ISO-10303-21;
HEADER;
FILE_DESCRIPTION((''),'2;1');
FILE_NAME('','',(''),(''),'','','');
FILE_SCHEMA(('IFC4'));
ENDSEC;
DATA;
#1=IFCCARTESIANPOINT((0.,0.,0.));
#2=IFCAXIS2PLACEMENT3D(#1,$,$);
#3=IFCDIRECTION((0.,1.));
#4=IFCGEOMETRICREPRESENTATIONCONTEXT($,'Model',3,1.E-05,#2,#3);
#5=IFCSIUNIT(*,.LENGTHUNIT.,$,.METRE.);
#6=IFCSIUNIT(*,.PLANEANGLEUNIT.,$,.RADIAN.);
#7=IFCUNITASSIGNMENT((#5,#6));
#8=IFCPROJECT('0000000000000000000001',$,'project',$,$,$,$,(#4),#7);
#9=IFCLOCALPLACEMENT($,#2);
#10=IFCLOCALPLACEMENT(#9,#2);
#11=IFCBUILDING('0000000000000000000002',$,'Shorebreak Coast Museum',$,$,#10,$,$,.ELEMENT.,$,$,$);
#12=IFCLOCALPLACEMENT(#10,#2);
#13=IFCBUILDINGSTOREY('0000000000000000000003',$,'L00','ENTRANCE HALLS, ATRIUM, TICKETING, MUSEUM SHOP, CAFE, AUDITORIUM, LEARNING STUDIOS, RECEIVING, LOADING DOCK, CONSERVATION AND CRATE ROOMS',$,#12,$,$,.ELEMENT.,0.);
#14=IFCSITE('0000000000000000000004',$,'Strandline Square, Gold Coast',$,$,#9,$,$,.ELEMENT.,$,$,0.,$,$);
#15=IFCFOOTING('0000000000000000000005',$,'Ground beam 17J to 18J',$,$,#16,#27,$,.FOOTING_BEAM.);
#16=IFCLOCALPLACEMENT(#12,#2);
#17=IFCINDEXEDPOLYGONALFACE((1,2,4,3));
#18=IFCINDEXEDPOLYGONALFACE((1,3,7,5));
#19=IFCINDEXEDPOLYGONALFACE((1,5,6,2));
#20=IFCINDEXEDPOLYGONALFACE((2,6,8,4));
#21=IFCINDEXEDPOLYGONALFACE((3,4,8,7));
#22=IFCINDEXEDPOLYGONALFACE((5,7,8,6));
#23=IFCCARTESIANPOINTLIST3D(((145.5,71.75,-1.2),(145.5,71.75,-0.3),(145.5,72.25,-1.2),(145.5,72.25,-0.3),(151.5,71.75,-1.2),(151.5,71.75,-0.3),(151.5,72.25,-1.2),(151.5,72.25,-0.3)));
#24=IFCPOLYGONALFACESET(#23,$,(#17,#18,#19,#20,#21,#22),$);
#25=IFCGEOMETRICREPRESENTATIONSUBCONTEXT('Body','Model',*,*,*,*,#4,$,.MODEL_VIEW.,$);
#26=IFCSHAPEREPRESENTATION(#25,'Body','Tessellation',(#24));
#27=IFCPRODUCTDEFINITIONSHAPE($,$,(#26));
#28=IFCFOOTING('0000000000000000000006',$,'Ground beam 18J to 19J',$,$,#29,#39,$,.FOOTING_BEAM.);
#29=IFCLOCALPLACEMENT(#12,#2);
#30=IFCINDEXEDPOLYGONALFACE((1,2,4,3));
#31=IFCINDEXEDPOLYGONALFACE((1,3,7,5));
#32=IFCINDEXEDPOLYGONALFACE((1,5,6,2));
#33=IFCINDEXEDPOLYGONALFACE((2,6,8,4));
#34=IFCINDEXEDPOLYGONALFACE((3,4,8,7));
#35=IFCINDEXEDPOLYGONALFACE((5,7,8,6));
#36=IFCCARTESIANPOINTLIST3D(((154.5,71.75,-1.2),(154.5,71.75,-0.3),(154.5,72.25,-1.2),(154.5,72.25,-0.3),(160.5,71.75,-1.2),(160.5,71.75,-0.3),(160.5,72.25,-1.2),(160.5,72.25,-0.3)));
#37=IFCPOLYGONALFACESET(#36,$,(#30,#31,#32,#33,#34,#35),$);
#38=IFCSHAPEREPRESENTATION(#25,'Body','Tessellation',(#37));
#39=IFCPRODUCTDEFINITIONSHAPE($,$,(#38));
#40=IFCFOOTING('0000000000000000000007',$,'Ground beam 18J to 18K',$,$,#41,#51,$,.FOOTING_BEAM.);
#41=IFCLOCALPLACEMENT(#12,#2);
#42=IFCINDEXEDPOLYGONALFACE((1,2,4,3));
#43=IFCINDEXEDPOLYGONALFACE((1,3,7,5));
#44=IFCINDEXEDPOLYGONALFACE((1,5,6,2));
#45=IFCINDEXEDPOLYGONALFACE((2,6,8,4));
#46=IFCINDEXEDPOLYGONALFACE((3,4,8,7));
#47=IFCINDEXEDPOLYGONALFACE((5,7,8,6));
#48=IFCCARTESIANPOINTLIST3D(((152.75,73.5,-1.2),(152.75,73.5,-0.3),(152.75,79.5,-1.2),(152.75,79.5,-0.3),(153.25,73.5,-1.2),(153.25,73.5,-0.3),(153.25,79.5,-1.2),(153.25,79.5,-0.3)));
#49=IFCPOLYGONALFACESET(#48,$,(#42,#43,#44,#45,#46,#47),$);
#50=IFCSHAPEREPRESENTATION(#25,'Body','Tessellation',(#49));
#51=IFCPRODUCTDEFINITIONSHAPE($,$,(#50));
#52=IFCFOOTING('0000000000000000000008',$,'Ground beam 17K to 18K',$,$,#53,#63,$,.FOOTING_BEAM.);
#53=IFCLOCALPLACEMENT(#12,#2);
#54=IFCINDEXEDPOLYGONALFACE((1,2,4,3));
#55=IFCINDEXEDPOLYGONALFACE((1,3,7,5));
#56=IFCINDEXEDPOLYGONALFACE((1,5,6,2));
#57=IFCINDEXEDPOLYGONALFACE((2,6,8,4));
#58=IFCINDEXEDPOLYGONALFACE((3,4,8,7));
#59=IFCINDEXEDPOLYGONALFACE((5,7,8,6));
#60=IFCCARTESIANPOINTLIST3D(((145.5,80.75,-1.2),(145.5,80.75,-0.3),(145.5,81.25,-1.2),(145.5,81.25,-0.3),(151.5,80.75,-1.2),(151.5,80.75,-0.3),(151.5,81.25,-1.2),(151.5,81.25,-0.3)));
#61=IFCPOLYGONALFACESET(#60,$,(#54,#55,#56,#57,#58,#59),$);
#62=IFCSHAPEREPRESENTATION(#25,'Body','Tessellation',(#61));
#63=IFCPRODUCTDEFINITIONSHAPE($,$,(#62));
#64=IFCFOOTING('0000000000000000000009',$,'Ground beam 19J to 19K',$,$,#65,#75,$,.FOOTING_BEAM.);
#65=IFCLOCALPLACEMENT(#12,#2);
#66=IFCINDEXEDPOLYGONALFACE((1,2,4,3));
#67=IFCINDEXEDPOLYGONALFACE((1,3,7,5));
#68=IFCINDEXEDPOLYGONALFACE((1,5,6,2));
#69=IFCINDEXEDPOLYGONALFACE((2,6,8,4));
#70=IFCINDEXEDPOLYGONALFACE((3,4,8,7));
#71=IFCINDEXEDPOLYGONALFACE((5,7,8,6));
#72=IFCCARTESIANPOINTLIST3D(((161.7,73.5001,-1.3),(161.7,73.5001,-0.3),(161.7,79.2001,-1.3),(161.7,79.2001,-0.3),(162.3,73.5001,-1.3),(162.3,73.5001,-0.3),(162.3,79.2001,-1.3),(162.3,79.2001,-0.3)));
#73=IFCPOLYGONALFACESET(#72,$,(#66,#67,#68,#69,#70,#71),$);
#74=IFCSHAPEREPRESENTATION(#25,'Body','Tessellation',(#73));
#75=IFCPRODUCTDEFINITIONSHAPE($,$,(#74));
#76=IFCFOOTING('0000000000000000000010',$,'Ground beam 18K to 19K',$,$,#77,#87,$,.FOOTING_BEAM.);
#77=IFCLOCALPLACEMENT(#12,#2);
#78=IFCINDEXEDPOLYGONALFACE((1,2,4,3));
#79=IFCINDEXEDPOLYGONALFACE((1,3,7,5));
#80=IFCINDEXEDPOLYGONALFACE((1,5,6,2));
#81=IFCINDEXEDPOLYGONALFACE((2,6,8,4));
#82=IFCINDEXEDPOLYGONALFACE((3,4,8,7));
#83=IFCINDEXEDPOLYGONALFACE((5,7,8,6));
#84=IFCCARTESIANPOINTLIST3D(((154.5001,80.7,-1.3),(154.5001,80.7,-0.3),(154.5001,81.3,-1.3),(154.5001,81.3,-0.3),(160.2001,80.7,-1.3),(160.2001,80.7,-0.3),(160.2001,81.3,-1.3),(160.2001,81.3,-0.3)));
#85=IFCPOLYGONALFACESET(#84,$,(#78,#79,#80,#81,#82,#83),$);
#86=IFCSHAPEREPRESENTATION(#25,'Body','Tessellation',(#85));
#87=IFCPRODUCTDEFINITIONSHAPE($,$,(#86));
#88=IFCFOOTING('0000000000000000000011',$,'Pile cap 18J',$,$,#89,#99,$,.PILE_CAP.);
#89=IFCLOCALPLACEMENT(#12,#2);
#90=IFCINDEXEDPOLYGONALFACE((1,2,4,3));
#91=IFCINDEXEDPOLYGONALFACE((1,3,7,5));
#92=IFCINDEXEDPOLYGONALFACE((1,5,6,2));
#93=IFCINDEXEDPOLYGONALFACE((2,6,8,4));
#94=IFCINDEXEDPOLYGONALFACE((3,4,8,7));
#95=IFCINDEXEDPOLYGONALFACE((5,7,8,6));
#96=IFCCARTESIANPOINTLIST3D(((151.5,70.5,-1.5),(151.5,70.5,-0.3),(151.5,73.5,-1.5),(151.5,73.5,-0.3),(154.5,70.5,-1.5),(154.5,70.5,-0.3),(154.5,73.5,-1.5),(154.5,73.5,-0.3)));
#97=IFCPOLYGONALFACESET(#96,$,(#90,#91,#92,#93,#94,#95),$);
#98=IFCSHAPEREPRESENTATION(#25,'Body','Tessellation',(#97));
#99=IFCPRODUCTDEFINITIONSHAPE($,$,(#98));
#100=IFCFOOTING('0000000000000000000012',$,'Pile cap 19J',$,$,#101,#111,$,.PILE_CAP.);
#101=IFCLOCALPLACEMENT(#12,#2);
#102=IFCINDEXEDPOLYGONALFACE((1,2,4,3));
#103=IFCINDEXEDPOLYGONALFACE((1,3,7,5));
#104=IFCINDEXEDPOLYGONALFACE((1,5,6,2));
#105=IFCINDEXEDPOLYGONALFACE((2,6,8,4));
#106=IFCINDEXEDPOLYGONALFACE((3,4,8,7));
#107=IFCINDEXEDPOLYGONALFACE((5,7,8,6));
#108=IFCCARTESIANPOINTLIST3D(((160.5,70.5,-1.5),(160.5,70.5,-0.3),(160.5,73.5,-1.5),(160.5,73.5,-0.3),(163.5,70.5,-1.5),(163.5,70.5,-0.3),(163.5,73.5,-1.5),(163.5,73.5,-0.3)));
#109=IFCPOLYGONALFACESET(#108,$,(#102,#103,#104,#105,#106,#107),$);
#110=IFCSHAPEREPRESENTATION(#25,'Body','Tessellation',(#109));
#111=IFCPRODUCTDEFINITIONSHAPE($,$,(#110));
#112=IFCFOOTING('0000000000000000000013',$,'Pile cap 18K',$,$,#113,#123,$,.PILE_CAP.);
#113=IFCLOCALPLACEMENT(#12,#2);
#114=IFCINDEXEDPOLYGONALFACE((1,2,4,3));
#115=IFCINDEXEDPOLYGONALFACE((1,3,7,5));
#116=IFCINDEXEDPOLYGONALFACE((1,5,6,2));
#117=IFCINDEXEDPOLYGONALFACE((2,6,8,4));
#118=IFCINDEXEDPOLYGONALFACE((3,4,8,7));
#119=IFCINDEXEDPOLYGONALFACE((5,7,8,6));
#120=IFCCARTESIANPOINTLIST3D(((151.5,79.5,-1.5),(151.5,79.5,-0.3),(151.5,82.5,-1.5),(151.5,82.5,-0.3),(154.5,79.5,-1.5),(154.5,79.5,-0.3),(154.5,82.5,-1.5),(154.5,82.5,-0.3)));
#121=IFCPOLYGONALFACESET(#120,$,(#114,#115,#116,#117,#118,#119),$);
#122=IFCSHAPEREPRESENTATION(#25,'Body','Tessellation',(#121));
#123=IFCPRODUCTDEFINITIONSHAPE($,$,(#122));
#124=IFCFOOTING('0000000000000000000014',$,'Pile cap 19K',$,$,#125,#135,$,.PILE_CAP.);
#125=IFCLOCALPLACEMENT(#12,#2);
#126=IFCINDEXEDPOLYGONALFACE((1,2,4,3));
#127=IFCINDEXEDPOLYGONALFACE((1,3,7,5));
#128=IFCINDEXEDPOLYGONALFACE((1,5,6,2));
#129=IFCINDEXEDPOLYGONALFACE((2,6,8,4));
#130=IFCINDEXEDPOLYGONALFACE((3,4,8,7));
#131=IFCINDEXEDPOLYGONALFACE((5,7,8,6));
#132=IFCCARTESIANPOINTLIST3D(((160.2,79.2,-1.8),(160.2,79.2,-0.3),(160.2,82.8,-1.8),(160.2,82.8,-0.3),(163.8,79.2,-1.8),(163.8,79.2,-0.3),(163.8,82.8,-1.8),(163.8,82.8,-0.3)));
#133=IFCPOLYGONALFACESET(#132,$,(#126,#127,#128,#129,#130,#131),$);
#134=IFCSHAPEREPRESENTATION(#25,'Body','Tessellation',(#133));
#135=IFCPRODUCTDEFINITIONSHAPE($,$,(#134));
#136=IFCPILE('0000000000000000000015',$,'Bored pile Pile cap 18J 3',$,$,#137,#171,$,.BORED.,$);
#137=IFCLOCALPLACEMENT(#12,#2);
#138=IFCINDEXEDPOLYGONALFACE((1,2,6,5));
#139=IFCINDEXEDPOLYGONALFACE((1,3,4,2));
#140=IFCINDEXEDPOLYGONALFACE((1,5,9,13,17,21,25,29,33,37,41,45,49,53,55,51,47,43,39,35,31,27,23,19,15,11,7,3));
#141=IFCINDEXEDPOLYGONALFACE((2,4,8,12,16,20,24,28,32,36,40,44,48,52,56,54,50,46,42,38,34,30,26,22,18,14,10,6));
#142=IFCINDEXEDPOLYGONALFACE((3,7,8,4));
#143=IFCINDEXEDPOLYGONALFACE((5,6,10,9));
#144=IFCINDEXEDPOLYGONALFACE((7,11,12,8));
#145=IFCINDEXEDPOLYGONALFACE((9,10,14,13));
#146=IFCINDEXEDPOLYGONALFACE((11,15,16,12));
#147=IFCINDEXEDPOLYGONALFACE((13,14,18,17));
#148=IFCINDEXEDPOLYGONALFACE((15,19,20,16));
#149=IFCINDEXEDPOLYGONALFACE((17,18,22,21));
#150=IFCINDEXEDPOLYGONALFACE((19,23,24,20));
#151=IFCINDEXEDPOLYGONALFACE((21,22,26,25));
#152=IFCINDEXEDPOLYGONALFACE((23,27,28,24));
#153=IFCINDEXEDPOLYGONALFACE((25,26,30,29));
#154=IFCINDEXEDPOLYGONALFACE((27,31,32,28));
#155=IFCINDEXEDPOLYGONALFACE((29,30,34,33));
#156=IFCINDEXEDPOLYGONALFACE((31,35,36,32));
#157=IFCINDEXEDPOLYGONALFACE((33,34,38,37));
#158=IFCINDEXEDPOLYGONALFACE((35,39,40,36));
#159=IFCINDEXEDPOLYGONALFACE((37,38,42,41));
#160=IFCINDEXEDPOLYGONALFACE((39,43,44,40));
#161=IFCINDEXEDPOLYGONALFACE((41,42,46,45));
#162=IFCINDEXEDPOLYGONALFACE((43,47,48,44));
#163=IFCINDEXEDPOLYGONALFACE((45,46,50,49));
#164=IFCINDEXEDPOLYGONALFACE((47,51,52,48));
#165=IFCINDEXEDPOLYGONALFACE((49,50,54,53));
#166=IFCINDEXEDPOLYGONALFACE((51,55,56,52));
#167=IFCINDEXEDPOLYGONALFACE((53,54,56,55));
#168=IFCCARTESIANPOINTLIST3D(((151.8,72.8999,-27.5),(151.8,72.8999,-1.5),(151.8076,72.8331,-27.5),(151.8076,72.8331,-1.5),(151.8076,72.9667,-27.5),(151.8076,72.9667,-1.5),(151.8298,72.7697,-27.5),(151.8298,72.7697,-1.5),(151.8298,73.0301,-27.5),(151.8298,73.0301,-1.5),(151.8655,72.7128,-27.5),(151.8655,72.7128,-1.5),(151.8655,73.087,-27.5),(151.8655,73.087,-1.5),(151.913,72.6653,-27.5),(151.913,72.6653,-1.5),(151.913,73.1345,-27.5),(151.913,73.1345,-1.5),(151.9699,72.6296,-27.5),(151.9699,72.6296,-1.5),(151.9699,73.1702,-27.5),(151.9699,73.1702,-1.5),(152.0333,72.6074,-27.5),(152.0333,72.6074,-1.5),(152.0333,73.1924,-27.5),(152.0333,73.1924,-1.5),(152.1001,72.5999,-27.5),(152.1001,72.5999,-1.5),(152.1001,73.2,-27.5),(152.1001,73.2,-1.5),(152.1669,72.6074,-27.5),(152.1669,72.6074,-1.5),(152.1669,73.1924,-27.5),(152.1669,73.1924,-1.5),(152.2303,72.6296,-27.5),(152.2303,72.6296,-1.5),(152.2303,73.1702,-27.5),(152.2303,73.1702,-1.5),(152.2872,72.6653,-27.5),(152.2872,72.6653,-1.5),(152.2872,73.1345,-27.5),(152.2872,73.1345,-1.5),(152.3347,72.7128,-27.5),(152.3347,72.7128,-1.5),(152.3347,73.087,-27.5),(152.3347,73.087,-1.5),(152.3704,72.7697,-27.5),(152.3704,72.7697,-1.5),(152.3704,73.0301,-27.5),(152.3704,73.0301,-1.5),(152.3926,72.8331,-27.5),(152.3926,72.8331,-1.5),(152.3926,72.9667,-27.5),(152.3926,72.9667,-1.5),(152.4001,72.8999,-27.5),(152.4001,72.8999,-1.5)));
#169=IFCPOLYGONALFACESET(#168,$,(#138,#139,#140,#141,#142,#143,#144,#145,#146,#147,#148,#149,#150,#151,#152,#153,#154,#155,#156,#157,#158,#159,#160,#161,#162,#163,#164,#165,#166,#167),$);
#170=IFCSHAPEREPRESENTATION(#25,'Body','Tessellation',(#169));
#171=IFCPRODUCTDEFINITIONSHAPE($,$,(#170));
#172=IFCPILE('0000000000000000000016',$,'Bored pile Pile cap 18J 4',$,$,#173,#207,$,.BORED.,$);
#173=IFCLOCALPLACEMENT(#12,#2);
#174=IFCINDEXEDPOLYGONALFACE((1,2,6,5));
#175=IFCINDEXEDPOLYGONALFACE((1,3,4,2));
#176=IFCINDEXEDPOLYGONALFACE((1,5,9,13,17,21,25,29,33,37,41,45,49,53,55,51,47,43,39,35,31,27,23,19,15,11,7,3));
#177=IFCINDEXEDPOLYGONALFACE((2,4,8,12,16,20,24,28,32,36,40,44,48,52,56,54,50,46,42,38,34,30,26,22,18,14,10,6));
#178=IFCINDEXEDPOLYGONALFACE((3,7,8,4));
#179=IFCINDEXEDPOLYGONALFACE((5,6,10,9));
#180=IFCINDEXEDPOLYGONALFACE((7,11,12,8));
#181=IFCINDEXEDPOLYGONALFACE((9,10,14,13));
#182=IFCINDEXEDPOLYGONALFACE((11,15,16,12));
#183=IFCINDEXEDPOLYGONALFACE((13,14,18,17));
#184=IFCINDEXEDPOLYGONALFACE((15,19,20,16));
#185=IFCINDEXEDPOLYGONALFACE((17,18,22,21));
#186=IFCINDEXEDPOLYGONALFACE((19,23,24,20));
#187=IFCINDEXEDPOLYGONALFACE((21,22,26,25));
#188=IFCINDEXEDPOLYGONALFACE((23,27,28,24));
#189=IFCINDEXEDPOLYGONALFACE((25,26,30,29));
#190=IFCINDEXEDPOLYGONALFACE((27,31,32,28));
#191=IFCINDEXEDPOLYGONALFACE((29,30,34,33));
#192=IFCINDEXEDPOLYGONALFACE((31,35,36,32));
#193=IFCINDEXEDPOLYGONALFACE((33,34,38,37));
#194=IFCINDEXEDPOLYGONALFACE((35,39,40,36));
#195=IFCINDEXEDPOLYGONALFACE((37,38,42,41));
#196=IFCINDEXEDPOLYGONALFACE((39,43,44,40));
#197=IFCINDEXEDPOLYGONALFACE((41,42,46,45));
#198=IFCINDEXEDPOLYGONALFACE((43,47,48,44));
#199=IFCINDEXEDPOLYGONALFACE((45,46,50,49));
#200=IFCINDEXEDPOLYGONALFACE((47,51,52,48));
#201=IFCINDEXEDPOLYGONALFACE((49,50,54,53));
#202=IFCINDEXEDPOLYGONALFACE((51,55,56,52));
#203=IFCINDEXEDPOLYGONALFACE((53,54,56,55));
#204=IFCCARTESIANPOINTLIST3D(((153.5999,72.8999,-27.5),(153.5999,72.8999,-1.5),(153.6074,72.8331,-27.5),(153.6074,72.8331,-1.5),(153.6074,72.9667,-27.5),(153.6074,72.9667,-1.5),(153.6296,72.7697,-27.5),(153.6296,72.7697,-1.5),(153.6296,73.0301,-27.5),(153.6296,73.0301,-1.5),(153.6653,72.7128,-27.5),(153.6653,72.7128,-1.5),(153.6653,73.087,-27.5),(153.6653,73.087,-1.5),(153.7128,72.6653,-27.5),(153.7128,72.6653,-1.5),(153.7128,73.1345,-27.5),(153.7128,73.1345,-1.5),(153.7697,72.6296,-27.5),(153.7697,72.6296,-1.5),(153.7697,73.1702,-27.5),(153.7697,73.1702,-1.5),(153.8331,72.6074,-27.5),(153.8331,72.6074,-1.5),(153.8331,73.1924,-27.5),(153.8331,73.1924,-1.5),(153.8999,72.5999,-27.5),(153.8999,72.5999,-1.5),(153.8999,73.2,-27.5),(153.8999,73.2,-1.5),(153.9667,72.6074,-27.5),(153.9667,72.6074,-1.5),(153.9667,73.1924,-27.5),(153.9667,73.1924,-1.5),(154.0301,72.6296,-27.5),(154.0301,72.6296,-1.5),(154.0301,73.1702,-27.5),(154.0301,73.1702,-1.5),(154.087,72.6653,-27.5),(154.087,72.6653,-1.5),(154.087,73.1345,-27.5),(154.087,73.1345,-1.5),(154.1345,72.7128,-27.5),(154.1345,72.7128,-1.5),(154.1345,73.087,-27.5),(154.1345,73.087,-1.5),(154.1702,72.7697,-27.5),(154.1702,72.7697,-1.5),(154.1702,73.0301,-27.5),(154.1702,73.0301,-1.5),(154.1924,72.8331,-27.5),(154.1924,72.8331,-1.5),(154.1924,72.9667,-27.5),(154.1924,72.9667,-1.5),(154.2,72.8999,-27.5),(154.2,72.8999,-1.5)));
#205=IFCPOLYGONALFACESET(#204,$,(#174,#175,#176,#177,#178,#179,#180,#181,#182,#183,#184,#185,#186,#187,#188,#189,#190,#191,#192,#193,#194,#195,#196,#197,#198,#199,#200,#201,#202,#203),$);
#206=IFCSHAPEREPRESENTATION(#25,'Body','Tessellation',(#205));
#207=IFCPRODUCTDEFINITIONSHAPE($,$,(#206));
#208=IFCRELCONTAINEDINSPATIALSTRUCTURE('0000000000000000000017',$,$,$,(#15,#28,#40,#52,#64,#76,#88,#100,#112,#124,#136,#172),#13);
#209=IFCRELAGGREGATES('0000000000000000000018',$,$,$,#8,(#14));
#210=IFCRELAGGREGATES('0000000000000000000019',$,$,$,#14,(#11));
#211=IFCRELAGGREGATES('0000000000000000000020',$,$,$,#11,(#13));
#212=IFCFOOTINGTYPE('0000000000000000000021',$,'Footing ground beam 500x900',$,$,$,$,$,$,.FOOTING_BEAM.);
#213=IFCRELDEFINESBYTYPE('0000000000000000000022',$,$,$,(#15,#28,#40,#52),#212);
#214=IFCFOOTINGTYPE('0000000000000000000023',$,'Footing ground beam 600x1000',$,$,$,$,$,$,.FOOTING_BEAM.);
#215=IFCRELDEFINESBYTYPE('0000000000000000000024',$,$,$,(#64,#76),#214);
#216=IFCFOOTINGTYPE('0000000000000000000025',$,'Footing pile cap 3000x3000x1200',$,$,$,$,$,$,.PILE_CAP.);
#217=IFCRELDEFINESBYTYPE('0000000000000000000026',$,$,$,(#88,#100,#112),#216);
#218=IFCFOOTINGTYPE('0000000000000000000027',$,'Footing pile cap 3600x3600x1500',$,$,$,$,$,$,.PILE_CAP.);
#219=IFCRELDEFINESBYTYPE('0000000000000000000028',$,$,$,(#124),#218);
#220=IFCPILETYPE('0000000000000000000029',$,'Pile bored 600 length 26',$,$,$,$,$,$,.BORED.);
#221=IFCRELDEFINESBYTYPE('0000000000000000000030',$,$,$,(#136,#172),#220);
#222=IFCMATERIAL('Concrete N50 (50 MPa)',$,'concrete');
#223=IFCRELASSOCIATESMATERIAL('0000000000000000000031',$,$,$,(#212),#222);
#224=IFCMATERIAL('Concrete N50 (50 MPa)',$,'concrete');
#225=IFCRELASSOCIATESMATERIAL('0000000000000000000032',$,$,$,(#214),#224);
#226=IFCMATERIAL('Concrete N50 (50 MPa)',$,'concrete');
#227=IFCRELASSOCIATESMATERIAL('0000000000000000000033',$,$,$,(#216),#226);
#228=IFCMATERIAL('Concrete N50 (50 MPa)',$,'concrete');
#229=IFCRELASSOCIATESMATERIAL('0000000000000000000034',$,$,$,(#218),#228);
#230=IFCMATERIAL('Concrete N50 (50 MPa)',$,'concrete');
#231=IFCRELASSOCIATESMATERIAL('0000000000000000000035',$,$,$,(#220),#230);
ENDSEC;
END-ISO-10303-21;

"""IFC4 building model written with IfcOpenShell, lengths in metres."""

from ifc_helpers import new_model, si_unit, direction, frame, origin, origin_2d, place, context, subcontext, project, spatial, rectangle, circle, extrude, material, material_profile, profile_set, type_object, element, save


model = new_model("IFC4")

# Units and contexts
model_context = context("Model", 3, precision=1e-05, world=origin(), true_north=direction((0.0, 1.0)))
body_context = subcontext(model_context, "Body", "Model", "MODEL_VIEW")
ifc_project = project(units=[si_unit("LENGTHUNIT", "METRE"), si_unit("PLANEANGLEUNIT", "RADIAN")], contexts=[model_context])

# Site, building, storey
site_placement = place(None, origin())
site = spatial("IfcSite", under=ifc_project, at=site_placement, Name="Strandline Square, Gold Coast", CompositionType="ELEMENT", RefElevation=0.0)
building_placement = place(site_placement, origin())
building = spatial("IfcBuilding", under=site, at=building_placement, Name="Shorebreak Coast Museum", CompositionType="ELEMENT")
storey_placement = place(building_placement, origin())
storey = spatial("IfcBuildingStorey", under=building, at=storey_placement, Name="L00", Description="ENTRANCE HALLS, ATRIUM, TICKETING, MUSEUM SHOP, CAFE, AUDITORIUM, LEARNING STUDIOS, RECEIVING, LOADING DOCK, CONSERVATION AND CRATE ROOMS", CompositionType="ELEMENT", Elevation=0.0)

# Footings
ifc_material_1 = material(Name="Concrete N50 (50 MPa)", Category="concrete")
footing_type_1 = type_object("IfcFootingType", Name="Footing ground beam 500x900", PredefinedType="FOOTING_BEAM", material=ifc_material_1)
for number, where, z_axis, x_axis, name in (
    (1, (148.5, 72.0, -1.2), (0.0, 0.0, 1.0), (1.0, 0.0, 0.0), "Ground beam 17J to 18J"),
    (2, (157.5, 72.0, -1.2), (0.0, 0.0, 1.0), (1.0, 0.0, 0.0), "Ground beam 18J to 19J"),
):
    element("IfcFooting", number, at=place(storey_placement, frame(where, z_axis=z_axis, x_axis=x_axis)), inside=storey, type_object=footing_type_1, Name=name, PredefinedType="FOOTING_BEAM", context=body_context, shape_type="SweptSolid", body=[
        extrude(rectangle(XDim=6.0, YDim=0.5, at=origin_2d()), origin(), (0.0, 0.0, 1.0), 0.8999),
    ])
footing_1_placement = place(storey_placement, frame((153.0, 76.5, -1.2), z_axis=(0.0, 0.0, 1.0), x_axis=(1.0, 0.0, 0.0)))
element("IfcFooting", 3, at=footing_1_placement, inside=storey, type_object=footing_type_1, Name="Ground beam 18J to 18K", PredefinedType="FOOTING_BEAM", context=body_context, shape_type="SweptSolid", body=[
    extrude(rectangle(XDim=0.5, YDim=6.0, at=origin_2d()), origin(), (0.0, 0.0, 1.0), 0.8999),
])
footing_2_placement = place(storey_placement, frame((148.5, 81.0, -1.2), z_axis=(0.0, 0.0, 1.0), x_axis=(1.0, 0.0, 0.0)))
element("IfcFooting", 4, at=footing_2_placement, inside=storey, type_object=footing_type_1, Name="Ground beam 17K to 18K", PredefinedType="FOOTING_BEAM", context=body_context, shape_type="SweptSolid", body=[
    extrude(rectangle(XDim=6.0, YDim=0.5, at=origin_2d()), origin(), (0.0, 0.0, 1.0), 0.8999),
])
ifc_material_2 = material(Name="Concrete N50 (50 MPa)", Category="concrete")
footing_type_2 = type_object("IfcFootingType", Name="Footing ground beam 600x1000", PredefinedType="FOOTING_BEAM", material=ifc_material_2)
footing_3_placement = place(storey_placement, frame((162.0, 76.3501, -1.3), z_axis=(0.0, 0.0, 1.0), x_axis=(1.0, 0.0, 0.0)))
element("IfcFooting", 5, at=footing_3_placement, inside=storey, type_object=footing_type_2, Name="Ground beam 19J to 19K", PredefinedType="FOOTING_BEAM", context=body_context, shape_type="SweptSolid", body=[
    extrude(rectangle(XDim=0.6001, YDim=5.7, at=origin_2d()), origin(), (0.0, 0.0, 1.0), 1.0),
])
footing_4_placement = place(storey_placement, frame((157.3501, 81.0, -1.3), z_axis=(0.0, 0.0, 1.0), x_axis=(1.0, 0.0, 0.0)))
element("IfcFooting", 6, at=footing_4_placement, inside=storey, type_object=footing_type_2, Name="Ground beam 18K to 19K", PredefinedType="FOOTING_BEAM", context=body_context, shape_type="SweptSolid", body=[
    extrude(rectangle(XDim=5.7, YDim=0.6001, at=origin_2d()), origin(), (0.0, 0.0, 1.0), 1.0),
])
ifc_material_3 = material(Name="Concrete N50 (50 MPa)", Category="concrete")
footing_type_3 = type_object("IfcFootingType", Name="Footing pile cap 3000x3000x1200", PredefinedType="PILE_CAP", material=ifc_material_3)
for number, where, z_axis, x_axis, name in (
    (7, (153.0, 72.0, -1.5), (0.0, 0.0, 1.0), (1.0, 0.0, 0.0), "Pile cap 18J"),
    (8, (162.0, 72.0, -1.5), (0.0, 0.0, 1.0), (1.0, 0.0, 0.0), "Pile cap 19J"),
    (9, (153.0, 81.0, -1.5), (0.0, 0.0, 1.0), (1.0, 0.0, 0.0), "Pile cap 18K"),
):
    element("IfcFooting", number, at=place(storey_placement, frame(where, z_axis=z_axis, x_axis=x_axis)), inside=storey, type_object=footing_type_3, Name=name, PredefinedType="PILE_CAP", context=body_context, shape_type="SweptSolid", body=[
        extrude(rectangle(XDim=3.0, YDim=3.0, at=origin_2d()), origin(), (0.0, 0.0, 1.0), 1.2),
    ])
ifc_material_4 = material(Name="Concrete N50 (50 MPa)", Category="concrete")
footing_type_4 = type_object("IfcFootingType", Name="Footing pile cap 3600x3600x1500", PredefinedType="PILE_CAP", material=ifc_material_4)
footing_5_placement = place(storey_placement, frame((162.0, 81.0, -1.8), z_axis=(0.0, 0.0, 1.0), x_axis=(1.0, 0.0, 0.0)))
element("IfcFooting", 10, at=footing_5_placement, inside=storey, type_object=footing_type_4, Name="Pile cap 19K", PredefinedType="PILE_CAP", context=body_context, shape_type="SweptSolid", body=[
    extrude(rectangle(XDim=3.6001, YDim=3.6001, at=origin_2d()), origin(), (0.0, 0.0, 1.0), 1.5),
])

# Piles
ifc_material_5 = material(Name="Concrete N50 (50 MPa)", Category="concrete")
ifc_material_profile_1 = material_profile(ifc_material_5, circle(Radius=0.3, at=origin_2d()), Name="Pile bored 600 length 26")
ifc_profile_set_1 = profile_set([ifc_material_profile_1], Name="Concrete N50 (50 MPa)")
pile_type_1 = type_object("IfcPileType", Name="Pile bored 600 length 26", PredefinedType="BORED", material=ifc_profile_set_1)
for number, where, z_axis, x_axis, name in (
    (11, (152.1001, 72.8999, -1.5), (0.0, 0.0, -1.0), (1.0, 0.0, 0.0), "Bored pile Pile cap 18J 3"),
    (12, (153.8999, 72.8999, -1.5), (0.0, 0.0, -1.0), (1.0, 0.0, 0.0), "Bored pile Pile cap 18J 4"),
):
    element("IfcPile", number, at=place(storey_placement, frame(where, z_axis=z_axis, x_axis=x_axis)), inside=storey, type_object=pile_type_1, Name=name, PredefinedType="BORED", context=body_context, shape_type="SweptSolid", body=[
        extrude(circle(Radius=0.3, at=origin_2d()), origin(), (0.0, 0.0, 1.0), 26.0),
    ])

save(model, "model.ifc")
